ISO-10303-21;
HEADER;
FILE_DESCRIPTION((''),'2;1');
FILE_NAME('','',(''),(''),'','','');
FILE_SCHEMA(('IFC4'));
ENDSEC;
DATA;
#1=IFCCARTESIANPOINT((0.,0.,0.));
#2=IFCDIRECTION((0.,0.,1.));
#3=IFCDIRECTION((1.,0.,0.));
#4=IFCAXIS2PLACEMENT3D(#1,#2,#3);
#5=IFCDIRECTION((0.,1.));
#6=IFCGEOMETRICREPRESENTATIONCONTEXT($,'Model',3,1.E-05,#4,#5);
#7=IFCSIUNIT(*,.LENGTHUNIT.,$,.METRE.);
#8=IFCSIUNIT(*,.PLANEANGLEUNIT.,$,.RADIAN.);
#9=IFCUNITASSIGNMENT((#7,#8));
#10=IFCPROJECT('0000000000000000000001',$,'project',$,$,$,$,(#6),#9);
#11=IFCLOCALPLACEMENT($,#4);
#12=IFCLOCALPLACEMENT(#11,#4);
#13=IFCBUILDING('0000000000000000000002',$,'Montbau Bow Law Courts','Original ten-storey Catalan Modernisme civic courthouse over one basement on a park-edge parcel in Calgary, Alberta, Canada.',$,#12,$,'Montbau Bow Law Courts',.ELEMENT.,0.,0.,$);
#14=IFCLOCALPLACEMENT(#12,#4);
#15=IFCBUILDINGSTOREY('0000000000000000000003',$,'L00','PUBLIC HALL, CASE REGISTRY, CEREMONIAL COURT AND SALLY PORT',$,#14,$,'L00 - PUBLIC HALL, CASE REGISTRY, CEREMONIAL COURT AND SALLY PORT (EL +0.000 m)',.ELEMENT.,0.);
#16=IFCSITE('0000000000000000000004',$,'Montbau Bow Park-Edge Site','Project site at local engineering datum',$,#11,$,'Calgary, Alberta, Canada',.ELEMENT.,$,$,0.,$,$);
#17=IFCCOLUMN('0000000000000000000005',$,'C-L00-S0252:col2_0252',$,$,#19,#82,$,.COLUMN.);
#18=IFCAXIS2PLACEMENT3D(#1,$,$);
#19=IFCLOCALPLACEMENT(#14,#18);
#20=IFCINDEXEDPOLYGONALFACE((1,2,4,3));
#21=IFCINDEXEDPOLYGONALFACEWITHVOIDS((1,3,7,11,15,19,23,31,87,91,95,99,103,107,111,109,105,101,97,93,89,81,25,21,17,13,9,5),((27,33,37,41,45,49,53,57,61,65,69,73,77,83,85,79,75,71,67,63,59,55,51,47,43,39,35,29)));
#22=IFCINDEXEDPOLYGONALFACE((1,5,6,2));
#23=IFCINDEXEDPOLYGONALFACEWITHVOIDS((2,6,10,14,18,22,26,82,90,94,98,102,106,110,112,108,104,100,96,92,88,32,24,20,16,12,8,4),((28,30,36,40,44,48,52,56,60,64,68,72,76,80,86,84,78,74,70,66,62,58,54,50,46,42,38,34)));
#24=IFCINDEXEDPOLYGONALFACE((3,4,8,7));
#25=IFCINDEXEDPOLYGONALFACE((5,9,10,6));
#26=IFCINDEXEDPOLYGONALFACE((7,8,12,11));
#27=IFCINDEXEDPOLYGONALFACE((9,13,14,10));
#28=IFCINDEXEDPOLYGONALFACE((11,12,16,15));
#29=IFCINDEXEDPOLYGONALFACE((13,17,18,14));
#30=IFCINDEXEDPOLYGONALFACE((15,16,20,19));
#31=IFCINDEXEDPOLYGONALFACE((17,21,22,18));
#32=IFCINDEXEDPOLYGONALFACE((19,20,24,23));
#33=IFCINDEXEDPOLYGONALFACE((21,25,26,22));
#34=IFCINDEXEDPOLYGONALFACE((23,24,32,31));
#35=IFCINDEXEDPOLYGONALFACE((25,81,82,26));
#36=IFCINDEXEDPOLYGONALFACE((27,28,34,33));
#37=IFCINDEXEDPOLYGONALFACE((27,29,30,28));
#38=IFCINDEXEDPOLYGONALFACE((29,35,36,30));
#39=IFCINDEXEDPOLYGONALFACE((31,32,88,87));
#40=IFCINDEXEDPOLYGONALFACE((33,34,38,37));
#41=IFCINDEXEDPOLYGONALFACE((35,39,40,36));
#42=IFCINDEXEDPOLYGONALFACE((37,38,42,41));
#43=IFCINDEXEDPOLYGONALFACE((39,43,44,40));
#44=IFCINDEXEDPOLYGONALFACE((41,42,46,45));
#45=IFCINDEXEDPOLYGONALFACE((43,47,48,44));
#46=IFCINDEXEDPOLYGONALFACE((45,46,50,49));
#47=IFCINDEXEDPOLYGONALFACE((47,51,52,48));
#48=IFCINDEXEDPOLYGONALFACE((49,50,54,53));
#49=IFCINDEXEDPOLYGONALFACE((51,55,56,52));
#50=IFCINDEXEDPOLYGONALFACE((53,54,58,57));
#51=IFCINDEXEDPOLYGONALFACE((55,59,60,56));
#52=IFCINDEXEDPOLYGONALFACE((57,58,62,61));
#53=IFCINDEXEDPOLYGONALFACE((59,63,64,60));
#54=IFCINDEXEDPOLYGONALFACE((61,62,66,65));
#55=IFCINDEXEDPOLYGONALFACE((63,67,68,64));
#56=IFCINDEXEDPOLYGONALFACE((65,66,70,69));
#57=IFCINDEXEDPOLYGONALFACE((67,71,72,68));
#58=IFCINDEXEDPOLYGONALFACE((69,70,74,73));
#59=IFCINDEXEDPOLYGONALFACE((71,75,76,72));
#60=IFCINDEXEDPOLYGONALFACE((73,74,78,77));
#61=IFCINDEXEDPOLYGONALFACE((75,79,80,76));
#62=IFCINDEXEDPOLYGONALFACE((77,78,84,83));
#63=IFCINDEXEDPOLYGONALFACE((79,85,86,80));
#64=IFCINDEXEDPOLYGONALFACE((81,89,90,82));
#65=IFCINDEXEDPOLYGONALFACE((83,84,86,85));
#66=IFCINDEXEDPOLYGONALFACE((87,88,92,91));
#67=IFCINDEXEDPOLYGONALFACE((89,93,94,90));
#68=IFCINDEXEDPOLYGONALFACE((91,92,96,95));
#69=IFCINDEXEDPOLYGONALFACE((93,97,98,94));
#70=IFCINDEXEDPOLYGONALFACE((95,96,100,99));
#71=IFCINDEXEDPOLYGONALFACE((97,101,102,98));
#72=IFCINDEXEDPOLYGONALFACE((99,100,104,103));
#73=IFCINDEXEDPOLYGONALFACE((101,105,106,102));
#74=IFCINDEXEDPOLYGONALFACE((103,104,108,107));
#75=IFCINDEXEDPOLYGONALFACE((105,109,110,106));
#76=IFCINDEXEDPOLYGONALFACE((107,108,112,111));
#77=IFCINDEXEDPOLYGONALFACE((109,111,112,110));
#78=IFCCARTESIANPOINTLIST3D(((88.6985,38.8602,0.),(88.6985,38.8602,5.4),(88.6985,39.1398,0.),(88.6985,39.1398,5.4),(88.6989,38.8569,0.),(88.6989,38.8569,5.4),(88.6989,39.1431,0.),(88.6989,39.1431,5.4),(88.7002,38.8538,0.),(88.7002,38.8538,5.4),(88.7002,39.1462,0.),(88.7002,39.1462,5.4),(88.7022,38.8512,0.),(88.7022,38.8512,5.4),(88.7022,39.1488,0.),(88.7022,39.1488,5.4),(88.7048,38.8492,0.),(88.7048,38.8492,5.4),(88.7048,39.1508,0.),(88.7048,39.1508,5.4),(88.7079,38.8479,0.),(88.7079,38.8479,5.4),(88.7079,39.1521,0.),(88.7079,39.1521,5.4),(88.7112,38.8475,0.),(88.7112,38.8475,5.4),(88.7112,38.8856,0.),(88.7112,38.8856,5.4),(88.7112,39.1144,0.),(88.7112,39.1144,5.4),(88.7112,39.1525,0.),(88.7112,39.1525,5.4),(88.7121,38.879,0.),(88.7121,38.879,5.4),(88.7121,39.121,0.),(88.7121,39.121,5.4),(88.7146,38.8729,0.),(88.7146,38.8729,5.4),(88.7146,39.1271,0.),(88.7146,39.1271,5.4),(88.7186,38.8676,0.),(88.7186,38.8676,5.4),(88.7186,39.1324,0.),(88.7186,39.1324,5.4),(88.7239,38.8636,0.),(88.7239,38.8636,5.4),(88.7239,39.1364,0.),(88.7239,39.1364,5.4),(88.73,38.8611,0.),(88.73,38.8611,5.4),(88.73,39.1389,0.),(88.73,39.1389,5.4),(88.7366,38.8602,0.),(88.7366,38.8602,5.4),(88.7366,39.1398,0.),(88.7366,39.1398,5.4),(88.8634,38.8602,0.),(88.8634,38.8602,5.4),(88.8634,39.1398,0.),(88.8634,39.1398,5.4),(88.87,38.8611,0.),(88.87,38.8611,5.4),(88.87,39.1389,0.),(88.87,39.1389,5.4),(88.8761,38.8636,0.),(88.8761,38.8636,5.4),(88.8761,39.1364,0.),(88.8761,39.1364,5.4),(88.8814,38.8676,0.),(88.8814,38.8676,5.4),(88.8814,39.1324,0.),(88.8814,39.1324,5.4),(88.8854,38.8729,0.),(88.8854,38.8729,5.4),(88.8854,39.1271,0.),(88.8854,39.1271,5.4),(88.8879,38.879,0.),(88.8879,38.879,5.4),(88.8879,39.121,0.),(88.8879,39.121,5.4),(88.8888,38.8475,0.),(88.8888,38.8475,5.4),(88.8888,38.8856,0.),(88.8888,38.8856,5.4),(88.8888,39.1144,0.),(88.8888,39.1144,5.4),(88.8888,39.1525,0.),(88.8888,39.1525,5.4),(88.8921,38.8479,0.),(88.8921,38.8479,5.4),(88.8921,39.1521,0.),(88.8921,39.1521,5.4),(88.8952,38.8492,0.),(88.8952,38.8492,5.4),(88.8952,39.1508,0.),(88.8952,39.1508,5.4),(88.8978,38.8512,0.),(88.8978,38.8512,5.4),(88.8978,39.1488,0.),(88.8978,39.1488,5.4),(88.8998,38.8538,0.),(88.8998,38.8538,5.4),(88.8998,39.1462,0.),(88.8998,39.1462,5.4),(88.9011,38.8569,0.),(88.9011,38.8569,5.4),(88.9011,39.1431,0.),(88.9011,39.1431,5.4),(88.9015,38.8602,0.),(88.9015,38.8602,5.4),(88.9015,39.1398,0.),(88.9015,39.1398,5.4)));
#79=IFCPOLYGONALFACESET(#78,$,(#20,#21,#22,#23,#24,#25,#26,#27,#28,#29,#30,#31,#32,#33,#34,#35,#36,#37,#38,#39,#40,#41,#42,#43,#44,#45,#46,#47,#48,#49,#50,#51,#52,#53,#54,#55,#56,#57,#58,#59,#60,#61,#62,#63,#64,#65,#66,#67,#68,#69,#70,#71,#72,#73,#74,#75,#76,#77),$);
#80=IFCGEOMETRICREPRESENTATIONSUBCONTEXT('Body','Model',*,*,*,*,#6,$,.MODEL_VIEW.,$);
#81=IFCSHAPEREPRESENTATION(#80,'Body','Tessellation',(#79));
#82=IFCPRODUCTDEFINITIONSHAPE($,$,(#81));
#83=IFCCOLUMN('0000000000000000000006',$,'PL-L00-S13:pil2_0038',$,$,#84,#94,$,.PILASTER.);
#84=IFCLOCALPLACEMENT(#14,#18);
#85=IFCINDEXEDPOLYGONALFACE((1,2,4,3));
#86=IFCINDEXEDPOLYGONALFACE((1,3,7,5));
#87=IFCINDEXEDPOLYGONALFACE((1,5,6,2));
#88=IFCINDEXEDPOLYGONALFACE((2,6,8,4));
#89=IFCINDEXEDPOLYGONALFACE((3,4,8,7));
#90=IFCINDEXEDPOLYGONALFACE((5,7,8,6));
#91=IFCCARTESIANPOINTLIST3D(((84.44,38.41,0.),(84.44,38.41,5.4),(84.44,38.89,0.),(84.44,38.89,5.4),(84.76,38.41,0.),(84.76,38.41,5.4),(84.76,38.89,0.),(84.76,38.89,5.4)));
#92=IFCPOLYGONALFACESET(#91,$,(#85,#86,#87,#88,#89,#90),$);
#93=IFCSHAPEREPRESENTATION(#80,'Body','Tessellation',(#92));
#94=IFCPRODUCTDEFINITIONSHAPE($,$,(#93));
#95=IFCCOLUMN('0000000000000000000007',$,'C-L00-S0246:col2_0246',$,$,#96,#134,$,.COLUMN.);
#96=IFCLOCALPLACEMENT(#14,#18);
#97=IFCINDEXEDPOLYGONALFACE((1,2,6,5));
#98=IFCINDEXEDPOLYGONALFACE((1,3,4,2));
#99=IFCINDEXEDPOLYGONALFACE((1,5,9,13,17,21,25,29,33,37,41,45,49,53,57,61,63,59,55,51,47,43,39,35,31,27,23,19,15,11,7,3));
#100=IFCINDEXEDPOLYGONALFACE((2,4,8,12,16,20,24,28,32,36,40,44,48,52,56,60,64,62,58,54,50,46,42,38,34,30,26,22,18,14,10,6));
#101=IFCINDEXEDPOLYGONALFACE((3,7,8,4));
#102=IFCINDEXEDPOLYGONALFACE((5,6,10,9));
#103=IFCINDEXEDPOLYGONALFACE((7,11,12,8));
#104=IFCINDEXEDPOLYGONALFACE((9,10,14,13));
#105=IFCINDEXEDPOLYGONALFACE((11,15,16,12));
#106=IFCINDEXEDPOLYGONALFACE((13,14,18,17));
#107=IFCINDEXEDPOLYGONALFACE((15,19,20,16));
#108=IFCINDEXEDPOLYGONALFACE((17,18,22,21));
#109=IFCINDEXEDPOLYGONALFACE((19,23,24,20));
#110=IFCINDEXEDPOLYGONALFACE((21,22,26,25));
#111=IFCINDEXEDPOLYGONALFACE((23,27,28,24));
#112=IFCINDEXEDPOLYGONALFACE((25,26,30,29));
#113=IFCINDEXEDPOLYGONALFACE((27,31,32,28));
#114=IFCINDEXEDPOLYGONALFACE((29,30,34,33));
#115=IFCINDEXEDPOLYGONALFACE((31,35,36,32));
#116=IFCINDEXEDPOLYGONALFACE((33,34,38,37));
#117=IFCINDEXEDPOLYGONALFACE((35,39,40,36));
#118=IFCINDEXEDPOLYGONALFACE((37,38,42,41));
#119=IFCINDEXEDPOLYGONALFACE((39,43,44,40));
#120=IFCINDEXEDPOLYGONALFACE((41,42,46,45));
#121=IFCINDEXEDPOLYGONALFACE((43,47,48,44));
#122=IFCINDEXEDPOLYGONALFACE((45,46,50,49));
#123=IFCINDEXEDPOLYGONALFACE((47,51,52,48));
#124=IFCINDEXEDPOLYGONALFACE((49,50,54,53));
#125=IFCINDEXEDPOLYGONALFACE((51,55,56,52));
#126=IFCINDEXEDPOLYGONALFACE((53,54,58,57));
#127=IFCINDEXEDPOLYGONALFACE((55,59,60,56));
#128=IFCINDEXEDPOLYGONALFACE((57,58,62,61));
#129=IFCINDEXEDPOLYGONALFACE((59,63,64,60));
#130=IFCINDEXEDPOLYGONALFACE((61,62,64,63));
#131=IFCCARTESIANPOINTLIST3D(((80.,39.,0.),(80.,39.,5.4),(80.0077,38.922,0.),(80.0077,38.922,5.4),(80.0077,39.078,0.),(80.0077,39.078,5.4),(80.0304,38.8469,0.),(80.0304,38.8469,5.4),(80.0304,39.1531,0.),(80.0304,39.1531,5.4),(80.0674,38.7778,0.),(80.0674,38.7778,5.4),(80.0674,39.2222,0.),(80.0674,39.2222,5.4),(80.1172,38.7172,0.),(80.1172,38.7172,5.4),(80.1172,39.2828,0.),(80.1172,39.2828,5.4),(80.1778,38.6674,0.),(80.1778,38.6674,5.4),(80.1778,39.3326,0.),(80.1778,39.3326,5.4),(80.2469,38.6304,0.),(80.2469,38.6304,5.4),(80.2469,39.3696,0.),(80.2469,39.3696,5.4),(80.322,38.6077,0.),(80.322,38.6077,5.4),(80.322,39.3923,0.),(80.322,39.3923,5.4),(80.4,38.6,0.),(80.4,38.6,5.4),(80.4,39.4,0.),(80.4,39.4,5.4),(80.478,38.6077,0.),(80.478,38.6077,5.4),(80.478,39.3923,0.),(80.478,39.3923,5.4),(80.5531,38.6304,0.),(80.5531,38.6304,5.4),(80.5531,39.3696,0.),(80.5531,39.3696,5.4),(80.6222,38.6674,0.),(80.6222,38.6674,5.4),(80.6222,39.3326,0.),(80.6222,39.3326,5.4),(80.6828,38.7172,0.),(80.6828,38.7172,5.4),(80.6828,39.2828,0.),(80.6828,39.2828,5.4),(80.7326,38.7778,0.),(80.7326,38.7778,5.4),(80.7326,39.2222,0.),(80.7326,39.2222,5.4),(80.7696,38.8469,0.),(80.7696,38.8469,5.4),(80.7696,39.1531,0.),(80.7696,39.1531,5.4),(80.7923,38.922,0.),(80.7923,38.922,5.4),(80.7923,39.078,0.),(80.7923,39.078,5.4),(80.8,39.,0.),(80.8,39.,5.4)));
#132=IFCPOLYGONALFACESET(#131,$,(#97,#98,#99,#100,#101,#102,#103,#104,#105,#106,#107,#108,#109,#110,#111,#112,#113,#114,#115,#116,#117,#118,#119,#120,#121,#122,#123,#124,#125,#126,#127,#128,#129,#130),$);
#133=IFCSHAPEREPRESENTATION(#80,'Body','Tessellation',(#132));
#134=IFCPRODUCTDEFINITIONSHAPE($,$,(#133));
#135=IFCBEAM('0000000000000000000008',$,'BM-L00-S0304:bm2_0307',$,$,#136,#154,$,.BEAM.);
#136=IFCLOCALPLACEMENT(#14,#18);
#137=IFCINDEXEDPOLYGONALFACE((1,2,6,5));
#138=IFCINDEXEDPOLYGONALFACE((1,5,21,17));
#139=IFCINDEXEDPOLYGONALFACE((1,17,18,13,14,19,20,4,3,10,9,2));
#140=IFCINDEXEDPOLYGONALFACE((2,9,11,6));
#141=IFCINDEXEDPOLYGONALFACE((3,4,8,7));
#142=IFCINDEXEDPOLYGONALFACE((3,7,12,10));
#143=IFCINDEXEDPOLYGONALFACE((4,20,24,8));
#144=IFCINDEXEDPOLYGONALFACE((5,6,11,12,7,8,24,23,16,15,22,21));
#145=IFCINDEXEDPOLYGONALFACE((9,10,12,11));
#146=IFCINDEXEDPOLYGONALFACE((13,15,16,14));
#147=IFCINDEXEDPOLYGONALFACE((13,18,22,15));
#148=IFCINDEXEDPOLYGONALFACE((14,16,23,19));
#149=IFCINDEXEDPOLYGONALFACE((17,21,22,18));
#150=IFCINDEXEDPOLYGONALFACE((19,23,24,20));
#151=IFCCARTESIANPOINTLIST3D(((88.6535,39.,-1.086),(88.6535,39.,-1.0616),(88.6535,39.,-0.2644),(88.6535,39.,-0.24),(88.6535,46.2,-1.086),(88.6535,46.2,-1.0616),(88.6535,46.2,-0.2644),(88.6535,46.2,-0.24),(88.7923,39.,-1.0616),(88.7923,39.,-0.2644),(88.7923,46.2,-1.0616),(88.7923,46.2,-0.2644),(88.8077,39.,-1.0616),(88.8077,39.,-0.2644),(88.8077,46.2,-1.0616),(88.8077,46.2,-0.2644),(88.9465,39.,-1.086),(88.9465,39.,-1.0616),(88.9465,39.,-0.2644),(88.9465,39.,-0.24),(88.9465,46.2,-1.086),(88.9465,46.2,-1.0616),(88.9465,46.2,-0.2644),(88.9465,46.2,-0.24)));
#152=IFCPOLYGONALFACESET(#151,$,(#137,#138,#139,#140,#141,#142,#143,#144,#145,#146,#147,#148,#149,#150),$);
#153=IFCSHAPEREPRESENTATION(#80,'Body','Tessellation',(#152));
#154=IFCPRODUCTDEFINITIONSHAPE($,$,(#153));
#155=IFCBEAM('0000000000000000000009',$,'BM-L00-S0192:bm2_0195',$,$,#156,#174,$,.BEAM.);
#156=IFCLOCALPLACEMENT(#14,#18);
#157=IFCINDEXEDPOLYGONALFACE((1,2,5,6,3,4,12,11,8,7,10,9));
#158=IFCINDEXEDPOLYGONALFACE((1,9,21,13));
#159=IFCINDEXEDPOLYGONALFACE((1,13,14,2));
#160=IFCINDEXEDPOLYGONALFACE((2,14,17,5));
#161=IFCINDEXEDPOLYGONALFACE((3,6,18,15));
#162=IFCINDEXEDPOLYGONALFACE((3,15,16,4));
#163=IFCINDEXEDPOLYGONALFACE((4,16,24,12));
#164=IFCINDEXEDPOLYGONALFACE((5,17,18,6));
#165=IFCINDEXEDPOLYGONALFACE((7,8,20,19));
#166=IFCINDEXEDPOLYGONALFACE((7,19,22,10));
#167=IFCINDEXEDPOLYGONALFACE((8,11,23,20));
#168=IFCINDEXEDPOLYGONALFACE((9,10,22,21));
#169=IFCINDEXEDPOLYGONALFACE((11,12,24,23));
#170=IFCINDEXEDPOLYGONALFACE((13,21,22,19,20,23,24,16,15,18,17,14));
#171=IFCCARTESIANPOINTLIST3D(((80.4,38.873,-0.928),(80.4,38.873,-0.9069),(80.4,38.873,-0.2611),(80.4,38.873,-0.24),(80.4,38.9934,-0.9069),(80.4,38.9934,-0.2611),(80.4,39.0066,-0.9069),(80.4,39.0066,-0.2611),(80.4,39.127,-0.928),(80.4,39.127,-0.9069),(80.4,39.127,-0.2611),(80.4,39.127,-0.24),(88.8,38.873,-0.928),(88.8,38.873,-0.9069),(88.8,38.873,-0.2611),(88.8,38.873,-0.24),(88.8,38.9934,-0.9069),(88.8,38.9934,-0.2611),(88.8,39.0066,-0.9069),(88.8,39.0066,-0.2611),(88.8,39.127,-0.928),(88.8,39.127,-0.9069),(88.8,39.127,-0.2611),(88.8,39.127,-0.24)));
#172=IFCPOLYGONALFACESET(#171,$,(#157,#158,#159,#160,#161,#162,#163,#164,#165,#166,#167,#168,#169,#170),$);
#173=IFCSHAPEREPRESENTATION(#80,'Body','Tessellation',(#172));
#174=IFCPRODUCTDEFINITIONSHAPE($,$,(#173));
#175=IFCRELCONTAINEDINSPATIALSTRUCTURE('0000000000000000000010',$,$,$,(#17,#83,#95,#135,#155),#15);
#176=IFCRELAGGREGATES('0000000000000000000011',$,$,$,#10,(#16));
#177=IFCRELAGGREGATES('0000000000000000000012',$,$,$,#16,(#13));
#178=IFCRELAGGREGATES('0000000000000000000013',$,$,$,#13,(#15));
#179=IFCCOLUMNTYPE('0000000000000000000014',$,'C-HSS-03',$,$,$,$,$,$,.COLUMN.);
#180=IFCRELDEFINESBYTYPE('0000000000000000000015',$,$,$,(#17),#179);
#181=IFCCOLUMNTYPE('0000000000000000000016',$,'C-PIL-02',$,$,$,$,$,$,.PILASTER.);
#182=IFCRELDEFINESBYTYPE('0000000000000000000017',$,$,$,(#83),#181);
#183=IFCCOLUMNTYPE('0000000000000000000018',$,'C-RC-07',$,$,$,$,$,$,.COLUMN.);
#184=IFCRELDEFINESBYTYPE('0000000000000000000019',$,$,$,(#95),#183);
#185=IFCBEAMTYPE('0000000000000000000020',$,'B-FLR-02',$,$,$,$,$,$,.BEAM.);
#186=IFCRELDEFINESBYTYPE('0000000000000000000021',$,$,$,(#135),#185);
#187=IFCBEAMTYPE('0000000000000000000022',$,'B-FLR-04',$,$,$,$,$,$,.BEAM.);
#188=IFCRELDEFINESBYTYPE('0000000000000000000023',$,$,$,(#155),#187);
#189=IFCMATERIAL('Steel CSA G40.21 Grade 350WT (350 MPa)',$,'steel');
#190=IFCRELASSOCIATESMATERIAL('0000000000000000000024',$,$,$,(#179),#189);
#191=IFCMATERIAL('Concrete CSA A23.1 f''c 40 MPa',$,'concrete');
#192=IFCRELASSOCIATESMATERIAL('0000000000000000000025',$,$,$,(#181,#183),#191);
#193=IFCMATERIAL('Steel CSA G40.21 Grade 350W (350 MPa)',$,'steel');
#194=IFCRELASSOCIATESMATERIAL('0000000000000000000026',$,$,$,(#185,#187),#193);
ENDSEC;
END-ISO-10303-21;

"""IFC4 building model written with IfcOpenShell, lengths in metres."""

from ifc_helpers import new_model, si_unit, direction, frame, origin_with_axes, origin_2d_with_axis, place, context, subcontext, project, spatial, rectangle, hollow_rectangle, circle, i_section, extrude, material, material_profile, profile_set, type_object, element, save


model = new_model("IFC4")

# Units and contexts
model_context = context("Model", 3, precision=1e-05, world=origin_with_axes(), true_north=direction((0.0, 1.0)))
body_context = subcontext(model_context, "Body", "Model", "MODEL_VIEW")
ifc_project = project(units=[si_unit("LENGTHUNIT", "METRE"), si_unit("PLANEANGLEUNIT", "RADIAN")], contexts=[model_context])

# Site, building, storey
site_placement = place(None, origin_with_axes())
site = spatial("IfcSite", under=ifc_project, at=site_placement, Name="Montbau Bow Park-Edge Site", Description="Project site at local engineering datum", LongName="Calgary, Alberta, Canada", CompositionType="ELEMENT", RefElevation=0.0)
building_placement = place(site_placement, origin_with_axes())
building = spatial("IfcBuilding", under=site, at=building_placement, Name="Montbau Bow Law Courts", Description="Original ten-storey Catalan Modernisme civic courthouse over one basement on a park-edge parcel in Calgary, Alberta, Canada.", LongName="Montbau Bow Law Courts", CompositionType="ELEMENT", ElevationOfRefHeight=0.0, ElevationOfTerrain=0.0)
storey_placement = place(building_placement, origin_with_axes())
storey = spatial("IfcBuildingStorey", under=building, at=storey_placement, Name="L00", Description="PUBLIC HALL, CASE REGISTRY, CEREMONIAL COURT AND SALLY PORT", LongName="L00 - PUBLIC HALL, CASE REGISTRY, CEREMONIAL COURT AND SALLY PORT (EL +0.000 m)", CompositionType="ELEMENT", Elevation=0.0)

# Columns
ifc_material_1 = material(Name="Steel CSA G40.21 Grade 350WT (350 MPa)", Category="steel")
ifc_material_profile_1 = material_profile(ifc_material_1, hollow_rectangle(XDim=0.203, YDim=0.305, WallThickness=0.0127, InnerFilletRadius=0.0254, OuterFilletRadius=0.0127, at=origin_2d_with_axis()), Name="HSS305X203X13", Category="Main", Priority=0)
ifc_profile_set_1 = profile_set([ifc_material_profile_1], Name="Steel CSA G40.21 Grade 350WT (350 MPa)")
column_type_1 = type_object("IfcColumnType", Name="C-HSS-03", PredefinedType="COLUMN", material=ifc_profile_set_1)
column_1_placement = place(None, frame((88.8, 39.0, 0.0), z_axis=(0.0, 0.0, 1.0), x_axis=(1.0, 0.0, 0.0)))
element("IfcColumn", 1, at=column_1_placement, inside=storey, type_object=column_type_1, Name="C-L00-S0252:col2_0252", PredefinedType="COLUMN", context=body_context, shape_type="SweptSolid", body=[
    extrude(hollow_rectangle(XDim=0.203, YDim=0.305, WallThickness=0.0127, InnerFilletRadius=0.0254, OuterFilletRadius=0.0127, at=origin_2d_with_axis()), origin_with_axes(), (0.0, 0.0, 1.0), 5.4),
])
ifc_material_2 = material(Name="Concrete CSA A23.1 f'c 40 MPa", Category="concrete")
ifc_material_profile_2 = material_profile(ifc_material_2, rectangle(XDim=0.32, YDim=0.48, at=origin_2d_with_axis()), Name="RC480X320", Category="Main", Priority=0)
ifc_profile_set_2 = profile_set([ifc_material_profile_2], Name="Concrete CSA A23.1 f'c 40 MPa")
column_type_2 = type_object("IfcColumnType", Name="C-PIL-02", PredefinedType="PILASTER", material=ifc_profile_set_2)
column_2_placement = place(None, frame((84.6, 38.65, 0.0), z_axis=(0.0, 0.0, 1.0), x_axis=(1.0, 0.0, 0.0)))
element("IfcColumn", 2, at=column_2_placement, inside=storey, type_object=column_type_2, Name="PL-L00-S13:pil2_0038", PredefinedType="PILASTER", context=body_context, shape_type="SweptSolid", body=[
    extrude(rectangle(XDim=0.32, YDim=0.48, at=origin_2d_with_axis()), origin_with_axes(), (0.0, 0.0, 1.0), 5.4),
])
ifc_material_profile_3 = material_profile(ifc_material_2, circle(Radius=0.4, at=origin_2d_with_axis()), Name="RC800D", Category="Main", Priority=0)
ifc_profile_set_3 = profile_set([ifc_material_profile_3], Name="Concrete CSA A23.1 f'c 40 MPa")
column_type_3 = type_object("IfcColumnType", Name="C-RC-07", PredefinedType="COLUMN", material=ifc_profile_set_3)
column_3_placement = place(None, frame((80.4, 39.0, 0.0), z_axis=(0.0, 0.0, 1.0), x_axis=(1.0, 0.0, 0.0)))
element("IfcColumn", 3, at=column_3_placement, inside=storey, type_object=column_type_3, Name="C-L00-S0246:col2_0246", PredefinedType="COLUMN", context=body_context, shape_type="SweptSolid", body=[
    extrude(circle(Radius=0.4, at=origin_2d_with_axis()), origin_with_axes(), (0.0, 0.0, 1.0), 5.4),
])

# Beams
ifc_material_3 = material(Name="Steel CSA G40.21 Grade 350W (350 MPa)", Category="steel")
ifc_material_profile_4 = material_profile(ifc_material_3, i_section(OverallWidth=0.293, OverallDepth=0.846, WebThickness=0.0154, FlangeThickness=0.0244, at=origin_2d_with_axis()), Name="W840X210", Category="Main", Priority=0)
ifc_profile_set_4 = profile_set([ifc_material_profile_4], Name="Steel CSA G40.21 Grade 350W (350 MPa)")
beam_type_1 = type_object("IfcBeamType", Name="B-FLR-02", PredefinedType="BEAM", material=ifc_profile_set_4)
beam_1_placement = place(None, frame((88.8, 39.0, -0.663), z_axis=(0.0, 1.0, 0.0), x_axis=(-1.0, 0.0, 0.0)))
element("IfcBeam", 4, at=beam_1_placement, inside=storey, type_object=beam_type_1, Name="BM-L00-S0304:bm2_0307", PredefinedType="BEAM", context=body_context, shape_type="SweptSolid", body=[
    extrude(i_section(OverallWidth=0.293, OverallDepth=0.846, WebThickness=0.0154, FlangeThickness=0.0244, at=origin_2d_with_axis()), origin_with_axes(), (0.0, 0.0, 1.0), 7.2),
])
ifc_material_profile_5 = material_profile(ifc_material_3, i_section(OverallWidth=0.254, OverallDepth=0.688, WebThickness=0.0131, FlangeThickness=0.0211, at=origin_2d_with_axis()), Name="W690X152", Category="Main", Priority=0)
ifc_profile_set_5 = profile_set([ifc_material_profile_5], Name="Steel CSA G40.21 Grade 350W (350 MPa)")
beam_type_2 = type_object("IfcBeamType", Name="B-FLR-04", PredefinedType="BEAM", material=ifc_profile_set_5)
beam_2_placement = place(None, frame((80.4, 39.0, -0.584), z_axis=(1.0, 0.0, 0.0), x_axis=(0.0, 1.0, 0.0)))
element("IfcBeam", 5, at=beam_2_placement, inside=storey, type_object=beam_type_2, Name="BM-L00-S0192:bm2_0195", PredefinedType="BEAM", context=body_context, shape_type="SweptSolid", body=[
    extrude(i_section(OverallWidth=0.254, OverallDepth=0.688, WebThickness=0.0131, FlangeThickness=0.0211, at=origin_2d_with_axis()), origin_with_axes(), (0.0, 0.0, 1.0), 8.4),
])

save(model, "model.ifc")
